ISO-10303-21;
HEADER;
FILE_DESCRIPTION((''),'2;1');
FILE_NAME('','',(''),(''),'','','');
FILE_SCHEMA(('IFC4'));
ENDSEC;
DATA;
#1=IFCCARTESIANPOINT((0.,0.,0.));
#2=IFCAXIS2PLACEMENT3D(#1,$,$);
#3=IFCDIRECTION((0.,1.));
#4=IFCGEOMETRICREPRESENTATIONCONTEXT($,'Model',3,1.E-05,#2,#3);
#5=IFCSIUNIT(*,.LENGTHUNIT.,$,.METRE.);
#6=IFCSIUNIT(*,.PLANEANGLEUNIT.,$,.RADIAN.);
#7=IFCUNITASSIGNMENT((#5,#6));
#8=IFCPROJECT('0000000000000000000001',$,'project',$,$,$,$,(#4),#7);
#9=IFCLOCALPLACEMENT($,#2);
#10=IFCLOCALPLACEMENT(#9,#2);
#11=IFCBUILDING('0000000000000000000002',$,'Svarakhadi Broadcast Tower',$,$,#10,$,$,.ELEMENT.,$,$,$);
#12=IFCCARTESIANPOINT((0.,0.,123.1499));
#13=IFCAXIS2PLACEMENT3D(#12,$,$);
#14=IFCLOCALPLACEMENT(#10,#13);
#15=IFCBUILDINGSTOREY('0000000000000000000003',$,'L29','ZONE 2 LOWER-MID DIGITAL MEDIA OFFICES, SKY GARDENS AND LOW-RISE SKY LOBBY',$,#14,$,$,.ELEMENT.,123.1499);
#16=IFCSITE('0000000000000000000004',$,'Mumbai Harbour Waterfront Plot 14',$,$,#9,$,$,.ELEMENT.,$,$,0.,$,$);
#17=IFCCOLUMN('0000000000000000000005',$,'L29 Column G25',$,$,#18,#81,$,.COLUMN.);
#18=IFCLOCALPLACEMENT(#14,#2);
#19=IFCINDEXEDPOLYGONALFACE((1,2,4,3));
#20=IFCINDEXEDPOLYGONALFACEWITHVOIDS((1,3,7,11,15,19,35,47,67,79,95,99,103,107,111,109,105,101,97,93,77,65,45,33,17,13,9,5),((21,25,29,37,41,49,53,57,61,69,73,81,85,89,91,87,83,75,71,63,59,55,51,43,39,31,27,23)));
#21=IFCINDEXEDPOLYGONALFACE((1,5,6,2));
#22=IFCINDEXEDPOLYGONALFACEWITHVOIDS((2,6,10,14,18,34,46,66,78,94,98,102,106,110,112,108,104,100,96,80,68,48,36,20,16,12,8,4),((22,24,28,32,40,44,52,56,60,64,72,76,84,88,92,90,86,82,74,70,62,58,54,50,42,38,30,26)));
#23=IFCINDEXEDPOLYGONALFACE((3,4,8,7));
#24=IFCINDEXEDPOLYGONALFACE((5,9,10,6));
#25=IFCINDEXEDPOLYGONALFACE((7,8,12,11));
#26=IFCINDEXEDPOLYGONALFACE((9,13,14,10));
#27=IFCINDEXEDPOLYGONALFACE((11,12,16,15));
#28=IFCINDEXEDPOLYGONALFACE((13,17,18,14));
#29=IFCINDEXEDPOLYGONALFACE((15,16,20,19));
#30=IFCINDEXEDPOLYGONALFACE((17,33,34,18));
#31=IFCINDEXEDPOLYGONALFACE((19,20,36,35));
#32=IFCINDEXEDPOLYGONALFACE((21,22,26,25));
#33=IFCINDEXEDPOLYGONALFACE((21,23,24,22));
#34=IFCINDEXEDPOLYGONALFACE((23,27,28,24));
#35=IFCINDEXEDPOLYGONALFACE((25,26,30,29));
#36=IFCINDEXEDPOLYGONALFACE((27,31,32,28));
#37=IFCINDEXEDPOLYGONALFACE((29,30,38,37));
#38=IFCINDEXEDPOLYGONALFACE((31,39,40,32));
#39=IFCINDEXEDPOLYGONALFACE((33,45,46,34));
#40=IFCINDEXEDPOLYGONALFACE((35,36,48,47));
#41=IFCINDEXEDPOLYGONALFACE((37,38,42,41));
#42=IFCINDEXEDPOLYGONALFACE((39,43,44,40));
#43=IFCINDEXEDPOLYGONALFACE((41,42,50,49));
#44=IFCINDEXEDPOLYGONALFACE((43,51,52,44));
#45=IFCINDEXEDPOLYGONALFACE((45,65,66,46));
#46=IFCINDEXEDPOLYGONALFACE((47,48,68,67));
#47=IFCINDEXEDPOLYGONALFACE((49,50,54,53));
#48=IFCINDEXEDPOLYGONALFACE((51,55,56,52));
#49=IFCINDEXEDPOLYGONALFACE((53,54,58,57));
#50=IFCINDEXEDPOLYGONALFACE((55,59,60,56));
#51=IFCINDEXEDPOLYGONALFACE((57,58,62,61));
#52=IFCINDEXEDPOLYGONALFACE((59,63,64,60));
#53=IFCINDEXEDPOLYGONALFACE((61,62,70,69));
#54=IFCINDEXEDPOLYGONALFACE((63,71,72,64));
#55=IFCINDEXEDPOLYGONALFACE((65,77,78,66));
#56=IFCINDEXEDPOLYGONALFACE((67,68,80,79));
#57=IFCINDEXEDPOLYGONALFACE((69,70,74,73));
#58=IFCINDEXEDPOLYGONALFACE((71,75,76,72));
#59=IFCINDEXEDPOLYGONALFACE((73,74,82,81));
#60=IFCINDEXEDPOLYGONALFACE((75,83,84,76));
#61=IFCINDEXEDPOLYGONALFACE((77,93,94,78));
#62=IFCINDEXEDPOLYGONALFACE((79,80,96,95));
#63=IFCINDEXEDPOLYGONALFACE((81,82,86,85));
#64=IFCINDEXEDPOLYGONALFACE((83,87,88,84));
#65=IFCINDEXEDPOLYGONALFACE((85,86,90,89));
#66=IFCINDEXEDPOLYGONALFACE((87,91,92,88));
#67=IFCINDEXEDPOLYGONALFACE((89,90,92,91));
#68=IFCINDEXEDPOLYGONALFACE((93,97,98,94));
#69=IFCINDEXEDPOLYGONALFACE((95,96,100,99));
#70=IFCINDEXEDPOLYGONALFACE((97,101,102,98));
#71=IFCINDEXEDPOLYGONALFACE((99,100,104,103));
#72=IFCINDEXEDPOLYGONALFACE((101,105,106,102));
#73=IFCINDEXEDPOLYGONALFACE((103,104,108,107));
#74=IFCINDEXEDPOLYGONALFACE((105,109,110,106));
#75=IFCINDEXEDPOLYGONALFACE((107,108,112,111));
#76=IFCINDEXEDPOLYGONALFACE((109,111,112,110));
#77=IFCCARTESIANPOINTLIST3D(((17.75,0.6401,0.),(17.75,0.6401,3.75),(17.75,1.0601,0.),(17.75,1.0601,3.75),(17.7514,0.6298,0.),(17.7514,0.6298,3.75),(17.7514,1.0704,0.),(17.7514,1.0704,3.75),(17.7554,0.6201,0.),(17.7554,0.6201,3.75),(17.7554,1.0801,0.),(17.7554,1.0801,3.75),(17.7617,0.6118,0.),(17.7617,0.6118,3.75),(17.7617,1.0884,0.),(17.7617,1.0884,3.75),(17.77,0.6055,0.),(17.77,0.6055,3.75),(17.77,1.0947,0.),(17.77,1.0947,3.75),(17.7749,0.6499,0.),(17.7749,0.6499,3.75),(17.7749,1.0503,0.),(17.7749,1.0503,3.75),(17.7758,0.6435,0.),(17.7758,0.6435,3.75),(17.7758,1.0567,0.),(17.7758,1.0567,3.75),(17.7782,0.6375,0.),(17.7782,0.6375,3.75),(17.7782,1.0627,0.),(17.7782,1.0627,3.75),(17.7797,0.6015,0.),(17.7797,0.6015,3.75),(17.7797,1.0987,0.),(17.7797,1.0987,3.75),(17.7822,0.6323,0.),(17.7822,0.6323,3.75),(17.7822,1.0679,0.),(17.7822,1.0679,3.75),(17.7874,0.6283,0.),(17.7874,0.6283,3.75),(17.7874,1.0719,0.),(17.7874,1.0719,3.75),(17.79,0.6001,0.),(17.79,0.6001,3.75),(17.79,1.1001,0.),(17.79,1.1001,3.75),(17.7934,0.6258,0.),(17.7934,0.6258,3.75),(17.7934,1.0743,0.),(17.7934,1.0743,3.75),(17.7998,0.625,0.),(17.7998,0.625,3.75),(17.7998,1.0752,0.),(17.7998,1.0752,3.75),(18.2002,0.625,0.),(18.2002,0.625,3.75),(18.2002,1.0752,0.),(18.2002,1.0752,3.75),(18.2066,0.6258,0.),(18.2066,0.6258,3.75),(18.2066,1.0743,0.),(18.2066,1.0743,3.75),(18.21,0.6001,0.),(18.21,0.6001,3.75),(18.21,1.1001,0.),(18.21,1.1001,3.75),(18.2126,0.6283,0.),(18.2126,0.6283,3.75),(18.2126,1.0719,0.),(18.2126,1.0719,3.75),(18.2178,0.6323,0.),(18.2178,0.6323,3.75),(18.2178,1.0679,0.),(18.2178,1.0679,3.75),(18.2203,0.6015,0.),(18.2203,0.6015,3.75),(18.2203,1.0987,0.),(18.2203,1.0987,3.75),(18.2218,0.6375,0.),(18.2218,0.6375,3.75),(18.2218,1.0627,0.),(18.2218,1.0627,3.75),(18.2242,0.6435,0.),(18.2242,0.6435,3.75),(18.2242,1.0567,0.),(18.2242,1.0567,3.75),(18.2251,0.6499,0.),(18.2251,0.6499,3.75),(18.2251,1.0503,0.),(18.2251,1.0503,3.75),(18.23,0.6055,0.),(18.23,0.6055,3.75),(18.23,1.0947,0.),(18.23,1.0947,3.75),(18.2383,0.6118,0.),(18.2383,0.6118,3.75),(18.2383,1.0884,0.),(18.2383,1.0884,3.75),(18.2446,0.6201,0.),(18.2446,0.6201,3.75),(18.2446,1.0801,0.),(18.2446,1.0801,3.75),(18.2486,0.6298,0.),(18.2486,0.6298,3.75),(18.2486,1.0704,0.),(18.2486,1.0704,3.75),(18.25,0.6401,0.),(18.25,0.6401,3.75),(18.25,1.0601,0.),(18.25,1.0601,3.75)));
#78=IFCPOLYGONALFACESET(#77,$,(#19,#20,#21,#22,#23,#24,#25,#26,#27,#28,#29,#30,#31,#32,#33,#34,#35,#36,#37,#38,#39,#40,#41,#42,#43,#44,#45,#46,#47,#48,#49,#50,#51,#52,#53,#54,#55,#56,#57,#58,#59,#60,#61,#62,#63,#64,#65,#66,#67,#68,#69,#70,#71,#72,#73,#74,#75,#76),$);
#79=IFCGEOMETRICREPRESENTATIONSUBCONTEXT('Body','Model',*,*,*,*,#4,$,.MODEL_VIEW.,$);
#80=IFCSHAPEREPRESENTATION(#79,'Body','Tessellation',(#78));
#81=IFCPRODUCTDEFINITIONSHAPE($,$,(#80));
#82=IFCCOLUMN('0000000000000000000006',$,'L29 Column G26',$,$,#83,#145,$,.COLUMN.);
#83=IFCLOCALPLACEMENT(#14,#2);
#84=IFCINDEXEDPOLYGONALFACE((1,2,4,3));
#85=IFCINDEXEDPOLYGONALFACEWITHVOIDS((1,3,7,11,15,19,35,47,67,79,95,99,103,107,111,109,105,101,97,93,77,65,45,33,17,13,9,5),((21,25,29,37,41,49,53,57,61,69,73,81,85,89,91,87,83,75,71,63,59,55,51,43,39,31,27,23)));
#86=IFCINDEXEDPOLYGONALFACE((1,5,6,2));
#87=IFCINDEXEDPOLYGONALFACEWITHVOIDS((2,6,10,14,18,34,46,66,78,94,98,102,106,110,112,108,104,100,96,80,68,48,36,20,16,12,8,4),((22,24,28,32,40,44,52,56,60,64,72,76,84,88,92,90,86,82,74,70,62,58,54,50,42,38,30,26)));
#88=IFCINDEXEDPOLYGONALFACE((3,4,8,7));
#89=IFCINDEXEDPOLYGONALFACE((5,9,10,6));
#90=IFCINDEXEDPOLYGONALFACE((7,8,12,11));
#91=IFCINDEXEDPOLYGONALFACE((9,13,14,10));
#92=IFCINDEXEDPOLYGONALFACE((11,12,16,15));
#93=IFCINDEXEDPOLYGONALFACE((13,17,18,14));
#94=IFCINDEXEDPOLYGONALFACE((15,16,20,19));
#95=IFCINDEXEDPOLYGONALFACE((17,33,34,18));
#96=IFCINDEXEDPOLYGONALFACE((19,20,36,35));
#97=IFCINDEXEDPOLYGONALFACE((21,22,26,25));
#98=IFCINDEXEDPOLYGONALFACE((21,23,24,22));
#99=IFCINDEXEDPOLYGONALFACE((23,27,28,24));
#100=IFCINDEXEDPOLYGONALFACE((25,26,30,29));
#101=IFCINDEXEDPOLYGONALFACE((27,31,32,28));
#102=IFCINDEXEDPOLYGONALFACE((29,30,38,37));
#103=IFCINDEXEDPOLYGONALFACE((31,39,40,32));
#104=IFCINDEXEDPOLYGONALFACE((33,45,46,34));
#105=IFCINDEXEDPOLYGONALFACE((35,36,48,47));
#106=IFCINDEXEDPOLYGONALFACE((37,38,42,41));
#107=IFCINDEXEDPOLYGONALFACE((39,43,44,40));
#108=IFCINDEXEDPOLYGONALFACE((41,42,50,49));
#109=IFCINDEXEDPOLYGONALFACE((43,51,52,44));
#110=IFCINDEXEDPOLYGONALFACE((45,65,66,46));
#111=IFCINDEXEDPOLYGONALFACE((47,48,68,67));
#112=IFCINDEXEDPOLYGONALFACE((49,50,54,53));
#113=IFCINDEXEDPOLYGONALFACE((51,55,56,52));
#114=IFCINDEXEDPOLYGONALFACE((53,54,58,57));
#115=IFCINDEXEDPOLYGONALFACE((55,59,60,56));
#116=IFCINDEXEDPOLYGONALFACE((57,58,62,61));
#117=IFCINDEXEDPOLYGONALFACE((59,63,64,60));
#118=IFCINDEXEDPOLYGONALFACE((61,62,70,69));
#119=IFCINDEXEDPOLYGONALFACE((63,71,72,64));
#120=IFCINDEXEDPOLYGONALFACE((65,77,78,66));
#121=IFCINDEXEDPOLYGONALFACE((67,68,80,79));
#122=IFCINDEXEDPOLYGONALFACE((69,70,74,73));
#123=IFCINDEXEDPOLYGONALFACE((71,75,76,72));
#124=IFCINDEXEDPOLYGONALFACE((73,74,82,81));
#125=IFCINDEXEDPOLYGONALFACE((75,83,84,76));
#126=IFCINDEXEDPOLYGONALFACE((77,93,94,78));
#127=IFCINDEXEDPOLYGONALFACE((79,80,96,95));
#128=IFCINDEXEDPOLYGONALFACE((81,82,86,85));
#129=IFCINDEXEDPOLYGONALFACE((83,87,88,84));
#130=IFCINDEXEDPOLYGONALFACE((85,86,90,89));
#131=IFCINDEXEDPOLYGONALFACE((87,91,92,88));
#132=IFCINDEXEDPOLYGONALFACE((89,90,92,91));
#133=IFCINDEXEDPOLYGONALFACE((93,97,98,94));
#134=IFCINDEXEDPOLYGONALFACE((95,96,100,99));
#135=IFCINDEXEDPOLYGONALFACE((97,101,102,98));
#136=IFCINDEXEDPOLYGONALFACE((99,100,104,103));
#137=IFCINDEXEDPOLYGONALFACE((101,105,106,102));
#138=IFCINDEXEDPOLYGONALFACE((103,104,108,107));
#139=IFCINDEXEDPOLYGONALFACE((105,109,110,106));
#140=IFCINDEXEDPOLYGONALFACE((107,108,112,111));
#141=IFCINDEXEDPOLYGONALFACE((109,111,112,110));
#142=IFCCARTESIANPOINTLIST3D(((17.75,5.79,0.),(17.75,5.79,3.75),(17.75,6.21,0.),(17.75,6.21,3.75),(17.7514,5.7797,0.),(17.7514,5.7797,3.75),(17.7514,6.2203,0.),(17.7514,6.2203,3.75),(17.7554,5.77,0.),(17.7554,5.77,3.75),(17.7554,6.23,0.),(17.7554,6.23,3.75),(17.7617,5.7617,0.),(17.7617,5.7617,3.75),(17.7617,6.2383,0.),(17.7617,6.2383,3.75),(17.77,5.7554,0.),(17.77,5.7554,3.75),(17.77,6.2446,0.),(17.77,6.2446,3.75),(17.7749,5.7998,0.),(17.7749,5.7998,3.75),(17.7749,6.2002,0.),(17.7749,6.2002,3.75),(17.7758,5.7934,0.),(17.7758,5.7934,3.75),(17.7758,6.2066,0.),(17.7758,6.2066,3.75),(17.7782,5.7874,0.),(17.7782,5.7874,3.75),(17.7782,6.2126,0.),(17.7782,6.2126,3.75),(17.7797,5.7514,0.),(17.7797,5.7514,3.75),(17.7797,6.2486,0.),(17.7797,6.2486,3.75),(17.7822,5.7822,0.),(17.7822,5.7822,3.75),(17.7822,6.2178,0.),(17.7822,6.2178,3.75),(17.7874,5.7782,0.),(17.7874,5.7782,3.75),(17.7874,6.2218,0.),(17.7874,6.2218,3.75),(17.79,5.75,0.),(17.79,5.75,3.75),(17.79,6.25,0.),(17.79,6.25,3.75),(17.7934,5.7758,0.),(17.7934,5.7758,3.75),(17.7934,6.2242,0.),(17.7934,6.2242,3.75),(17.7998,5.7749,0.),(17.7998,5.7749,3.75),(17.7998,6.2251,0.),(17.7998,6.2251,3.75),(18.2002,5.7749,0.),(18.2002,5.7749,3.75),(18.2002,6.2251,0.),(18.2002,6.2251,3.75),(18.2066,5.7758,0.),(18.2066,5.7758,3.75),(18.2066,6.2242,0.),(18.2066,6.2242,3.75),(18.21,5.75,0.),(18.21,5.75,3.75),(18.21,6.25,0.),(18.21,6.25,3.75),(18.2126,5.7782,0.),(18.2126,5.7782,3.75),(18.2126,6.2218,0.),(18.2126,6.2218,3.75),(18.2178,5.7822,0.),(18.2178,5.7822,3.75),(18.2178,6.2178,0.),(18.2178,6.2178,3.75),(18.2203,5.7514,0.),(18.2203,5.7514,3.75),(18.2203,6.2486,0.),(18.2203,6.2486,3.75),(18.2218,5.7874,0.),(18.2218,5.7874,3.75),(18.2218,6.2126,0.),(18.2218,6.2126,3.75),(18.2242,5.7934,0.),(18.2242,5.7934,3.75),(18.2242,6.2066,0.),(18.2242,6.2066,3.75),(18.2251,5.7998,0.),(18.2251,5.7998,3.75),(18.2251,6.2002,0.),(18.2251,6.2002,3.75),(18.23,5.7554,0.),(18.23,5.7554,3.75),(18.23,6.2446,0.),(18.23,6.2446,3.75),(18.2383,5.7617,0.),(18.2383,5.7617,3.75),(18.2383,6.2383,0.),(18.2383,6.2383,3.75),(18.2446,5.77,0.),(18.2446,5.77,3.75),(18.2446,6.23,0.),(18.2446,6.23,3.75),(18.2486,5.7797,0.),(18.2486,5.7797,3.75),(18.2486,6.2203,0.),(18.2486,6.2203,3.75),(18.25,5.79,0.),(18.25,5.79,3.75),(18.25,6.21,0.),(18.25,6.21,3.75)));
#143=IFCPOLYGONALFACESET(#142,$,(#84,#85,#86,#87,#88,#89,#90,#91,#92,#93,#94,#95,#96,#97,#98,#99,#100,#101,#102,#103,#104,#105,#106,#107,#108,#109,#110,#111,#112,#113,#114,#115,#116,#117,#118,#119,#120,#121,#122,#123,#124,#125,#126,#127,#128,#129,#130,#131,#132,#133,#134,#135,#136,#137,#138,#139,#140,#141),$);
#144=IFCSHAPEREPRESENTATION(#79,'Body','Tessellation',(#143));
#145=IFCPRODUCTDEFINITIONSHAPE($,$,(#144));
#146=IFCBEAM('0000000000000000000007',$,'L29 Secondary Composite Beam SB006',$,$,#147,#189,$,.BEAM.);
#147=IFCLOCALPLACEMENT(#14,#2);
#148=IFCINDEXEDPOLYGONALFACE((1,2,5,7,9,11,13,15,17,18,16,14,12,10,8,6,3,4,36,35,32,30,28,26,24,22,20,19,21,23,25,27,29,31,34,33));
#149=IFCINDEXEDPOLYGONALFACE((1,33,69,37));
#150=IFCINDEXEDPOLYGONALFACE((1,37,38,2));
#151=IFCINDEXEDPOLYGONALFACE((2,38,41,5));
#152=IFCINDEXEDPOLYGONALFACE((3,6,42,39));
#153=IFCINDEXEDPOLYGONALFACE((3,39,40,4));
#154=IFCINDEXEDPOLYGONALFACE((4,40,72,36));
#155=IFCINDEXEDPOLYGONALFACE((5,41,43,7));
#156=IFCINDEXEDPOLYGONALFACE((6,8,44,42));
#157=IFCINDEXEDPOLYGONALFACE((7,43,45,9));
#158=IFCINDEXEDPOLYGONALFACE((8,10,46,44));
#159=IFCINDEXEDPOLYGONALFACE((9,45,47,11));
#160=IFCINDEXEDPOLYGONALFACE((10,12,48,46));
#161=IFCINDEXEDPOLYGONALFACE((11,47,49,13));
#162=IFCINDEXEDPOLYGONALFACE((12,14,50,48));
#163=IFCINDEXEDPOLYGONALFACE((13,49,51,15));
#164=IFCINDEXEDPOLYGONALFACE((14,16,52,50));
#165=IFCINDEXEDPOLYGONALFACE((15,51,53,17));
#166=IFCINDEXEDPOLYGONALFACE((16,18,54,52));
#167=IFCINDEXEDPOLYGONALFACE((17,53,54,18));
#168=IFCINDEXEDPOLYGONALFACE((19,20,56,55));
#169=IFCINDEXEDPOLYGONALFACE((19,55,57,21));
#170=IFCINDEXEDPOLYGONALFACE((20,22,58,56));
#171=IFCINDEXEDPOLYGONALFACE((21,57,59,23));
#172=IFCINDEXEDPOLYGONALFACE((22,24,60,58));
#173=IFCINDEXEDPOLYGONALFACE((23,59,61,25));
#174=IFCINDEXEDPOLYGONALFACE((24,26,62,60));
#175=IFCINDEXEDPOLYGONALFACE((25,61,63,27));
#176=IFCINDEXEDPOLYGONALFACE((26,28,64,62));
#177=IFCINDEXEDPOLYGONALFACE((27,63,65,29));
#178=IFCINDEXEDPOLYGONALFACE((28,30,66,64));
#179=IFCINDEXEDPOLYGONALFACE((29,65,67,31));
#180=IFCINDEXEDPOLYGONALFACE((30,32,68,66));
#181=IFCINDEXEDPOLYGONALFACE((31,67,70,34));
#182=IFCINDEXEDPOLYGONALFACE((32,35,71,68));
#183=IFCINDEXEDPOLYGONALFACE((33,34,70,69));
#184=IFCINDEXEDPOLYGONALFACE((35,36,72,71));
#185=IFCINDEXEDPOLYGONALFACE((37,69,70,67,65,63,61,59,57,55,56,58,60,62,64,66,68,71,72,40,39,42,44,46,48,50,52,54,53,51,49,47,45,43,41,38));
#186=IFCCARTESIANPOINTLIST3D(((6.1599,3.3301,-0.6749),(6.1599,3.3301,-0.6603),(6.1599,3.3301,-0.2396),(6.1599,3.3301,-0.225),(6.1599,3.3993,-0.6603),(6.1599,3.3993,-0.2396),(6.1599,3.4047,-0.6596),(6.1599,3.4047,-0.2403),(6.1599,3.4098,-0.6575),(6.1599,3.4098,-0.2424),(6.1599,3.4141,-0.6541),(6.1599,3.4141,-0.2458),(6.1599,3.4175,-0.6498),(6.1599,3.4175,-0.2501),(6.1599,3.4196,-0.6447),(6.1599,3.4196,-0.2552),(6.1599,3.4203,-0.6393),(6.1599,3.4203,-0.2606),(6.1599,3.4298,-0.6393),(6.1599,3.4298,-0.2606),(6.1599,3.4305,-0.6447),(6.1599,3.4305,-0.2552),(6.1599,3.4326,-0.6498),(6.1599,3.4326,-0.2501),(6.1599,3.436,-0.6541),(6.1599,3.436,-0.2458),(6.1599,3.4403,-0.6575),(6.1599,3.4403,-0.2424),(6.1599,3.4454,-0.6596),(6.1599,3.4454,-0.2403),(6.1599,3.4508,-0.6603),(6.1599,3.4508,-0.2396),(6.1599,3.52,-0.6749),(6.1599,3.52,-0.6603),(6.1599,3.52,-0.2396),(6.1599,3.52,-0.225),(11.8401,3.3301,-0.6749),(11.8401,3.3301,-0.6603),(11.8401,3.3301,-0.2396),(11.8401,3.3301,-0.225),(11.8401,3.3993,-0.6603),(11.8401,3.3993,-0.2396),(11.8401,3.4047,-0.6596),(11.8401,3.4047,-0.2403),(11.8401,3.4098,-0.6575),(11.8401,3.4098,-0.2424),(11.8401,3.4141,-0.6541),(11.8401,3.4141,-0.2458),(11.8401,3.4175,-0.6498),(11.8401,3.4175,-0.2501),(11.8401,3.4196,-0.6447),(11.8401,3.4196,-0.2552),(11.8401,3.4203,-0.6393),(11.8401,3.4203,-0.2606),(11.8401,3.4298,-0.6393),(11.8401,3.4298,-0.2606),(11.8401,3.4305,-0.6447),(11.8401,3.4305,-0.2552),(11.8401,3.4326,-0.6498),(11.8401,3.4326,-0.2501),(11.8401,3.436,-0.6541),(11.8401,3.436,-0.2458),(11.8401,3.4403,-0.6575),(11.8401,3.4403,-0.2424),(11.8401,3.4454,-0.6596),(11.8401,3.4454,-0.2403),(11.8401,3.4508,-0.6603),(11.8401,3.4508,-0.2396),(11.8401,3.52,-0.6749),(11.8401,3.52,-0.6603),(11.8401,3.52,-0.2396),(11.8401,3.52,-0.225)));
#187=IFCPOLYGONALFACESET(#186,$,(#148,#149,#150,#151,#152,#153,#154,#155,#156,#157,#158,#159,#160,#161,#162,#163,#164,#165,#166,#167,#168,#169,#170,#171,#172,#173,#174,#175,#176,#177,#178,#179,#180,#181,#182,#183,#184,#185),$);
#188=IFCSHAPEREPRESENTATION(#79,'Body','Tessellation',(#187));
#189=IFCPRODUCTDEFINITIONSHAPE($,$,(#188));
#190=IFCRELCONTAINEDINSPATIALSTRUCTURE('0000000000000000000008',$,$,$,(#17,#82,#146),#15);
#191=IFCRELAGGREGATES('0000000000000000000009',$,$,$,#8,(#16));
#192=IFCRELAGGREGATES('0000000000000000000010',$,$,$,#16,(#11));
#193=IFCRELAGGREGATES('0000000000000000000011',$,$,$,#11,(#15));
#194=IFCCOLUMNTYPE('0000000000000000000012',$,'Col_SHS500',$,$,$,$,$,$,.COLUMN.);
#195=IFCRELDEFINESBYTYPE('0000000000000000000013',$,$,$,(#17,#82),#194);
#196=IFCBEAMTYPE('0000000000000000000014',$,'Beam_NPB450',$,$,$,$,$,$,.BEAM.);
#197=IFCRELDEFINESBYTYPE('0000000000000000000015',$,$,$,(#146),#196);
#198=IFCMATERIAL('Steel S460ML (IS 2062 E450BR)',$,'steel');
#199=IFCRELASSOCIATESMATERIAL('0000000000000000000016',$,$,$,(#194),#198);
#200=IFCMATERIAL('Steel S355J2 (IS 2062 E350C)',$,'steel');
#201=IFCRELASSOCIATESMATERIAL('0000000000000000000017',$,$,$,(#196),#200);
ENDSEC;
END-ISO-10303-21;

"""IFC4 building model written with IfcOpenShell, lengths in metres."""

from ifc_helpers import new_model, si_unit, direction, frame, origin, origin_2d, place, context, subcontext, project, spatial, hollow_rectangle, i_section, extrude, material, material_profile, profile_set, type_object, element, save


model = new_model("IFC4")

# Units and contexts
model_context = context("Model", 3, precision=1e-05, world=origin(), true_north=direction((0.0, 1.0)))
body_context = subcontext(model_context, "Body", "Model", "MODEL_VIEW")
ifc_project = project(units=[si_unit("LENGTHUNIT", "METRE"), si_unit("PLANEANGLEUNIT", "RADIAN")], contexts=[model_context])

# Site, building, storey
site_placement = place(None, origin())
site = spatial("IfcSite", under=ifc_project, at=site_placement, Name="Mumbai Harbour Waterfront Plot 14", CompositionType="ELEMENT", RefElevation=0.0)
building_placement = place(site_placement, origin())
building = spatial("IfcBuilding", under=site, at=building_placement, Name="Svarakhadi Broadcast Tower", CompositionType="ELEMENT")
storey_placement = place(building_placement, frame((0.0, 0.0, 123.1499)))
storey = spatial("IfcBuildingStorey", under=building, at=storey_placement, Name="L29", Description="ZONE 2 LOWER-MID DIGITAL MEDIA OFFICES, SKY GARDENS AND LOW-RISE SKY LOBBY", CompositionType="ELEMENT", Elevation=123.1499)

# Columns
ifc_material_1 = material(Name="Steel S460ML (IS 2062 E450BR)", Category="steel")
ifc_material_profile_1 = material_profile(ifc_material_1, hollow_rectangle(XDim=0.5, YDim=0.5, WallThickness=0.0249, InnerFilletRadius=0.0249, OuterFilletRadius=0.04, at=origin_2d()), Name="SHS 500x500x25")
ifc_profile_set_1 = profile_set([ifc_material_profile_1], Name="Steel S460ML (IS 2062 E450BR)")
column_type_1 = type_object("IfcColumnType", Name="Col_SHS500", PredefinedType="COLUMN", material=ifc_profile_set_1)
for number, where, z_axis, x_axis, name in (
    (1, (18.0, 0.8501, 0.0), (0.0, 0.0, 1.0), (1.0, 0.0, 0.0), "L29 Column G25"),
    (2, (18.0, 6.0, 0.0), (0.0, 0.0, 1.0), (1.0, 0.0, 0.0), "L29 Column G26"),
):
    element("IfcColumn", number, at=place(storey_placement, frame(where, z_axis=z_axis, x_axis=x_axis)), inside=storey, type_object=column_type_1, Name=name, PredefinedType="COLUMN", context=body_context, shape_type="SweptSolid", body=[
        extrude(hollow_rectangle(XDim=0.5, YDim=0.5, WallThickness=0.0249, InnerFilletRadius=0.0249, OuterFilletRadius=0.04, at=origin_2d()), origin(), (0.0, 0.0, 1.0), 3.75),
    ])

# Beam
ifc_material_2 = material(Name="Steel S355J2 (IS 2062 E350C)", Category="steel")
ifc_material_profile_2 = material_profile(ifc_material_2, i_section(OverallWidth=0.1899, OverallDepth=0.45, WebThickness=0.0095, FlangeThickness=0.0146, FilletRadius=0.021, at=origin_2d()), Name="NPB 450x190x78")
ifc_profile_set_2 = profile_set([ifc_material_profile_2], Name="Steel S355J2 (IS 2062 E350C)")
beam_type_1 = type_object("IfcBeamType", Name="Beam_NPB450", PredefinedType="BEAM", material=ifc_profile_set_2)
for number, where, z_axis, x_axis, name in (
    (3, (6.1599, 3.425, -0.45), (1.0, 0.0, 0.0), (0.0, 1.0, 0.0), "L29 Secondary Composite Beam SB006"),
):
    element("IfcBeam", number, at=place(storey_placement, frame(where, z_axis=z_axis, x_axis=x_axis)), inside=storey, type_object=beam_type_1, Name=name, PredefinedType="BEAM", context=body_context, shape_type="SweptSolid", body=[
        extrude(i_section(OverallWidth=0.1899, OverallDepth=0.45, WebThickness=0.0095, FlangeThickness=0.0146, FilletRadius=0.021, at=origin_2d()), origin(), (0.0, 0.0, 1.0), 5.6802),
    ])

save(model, "model.ifc")
